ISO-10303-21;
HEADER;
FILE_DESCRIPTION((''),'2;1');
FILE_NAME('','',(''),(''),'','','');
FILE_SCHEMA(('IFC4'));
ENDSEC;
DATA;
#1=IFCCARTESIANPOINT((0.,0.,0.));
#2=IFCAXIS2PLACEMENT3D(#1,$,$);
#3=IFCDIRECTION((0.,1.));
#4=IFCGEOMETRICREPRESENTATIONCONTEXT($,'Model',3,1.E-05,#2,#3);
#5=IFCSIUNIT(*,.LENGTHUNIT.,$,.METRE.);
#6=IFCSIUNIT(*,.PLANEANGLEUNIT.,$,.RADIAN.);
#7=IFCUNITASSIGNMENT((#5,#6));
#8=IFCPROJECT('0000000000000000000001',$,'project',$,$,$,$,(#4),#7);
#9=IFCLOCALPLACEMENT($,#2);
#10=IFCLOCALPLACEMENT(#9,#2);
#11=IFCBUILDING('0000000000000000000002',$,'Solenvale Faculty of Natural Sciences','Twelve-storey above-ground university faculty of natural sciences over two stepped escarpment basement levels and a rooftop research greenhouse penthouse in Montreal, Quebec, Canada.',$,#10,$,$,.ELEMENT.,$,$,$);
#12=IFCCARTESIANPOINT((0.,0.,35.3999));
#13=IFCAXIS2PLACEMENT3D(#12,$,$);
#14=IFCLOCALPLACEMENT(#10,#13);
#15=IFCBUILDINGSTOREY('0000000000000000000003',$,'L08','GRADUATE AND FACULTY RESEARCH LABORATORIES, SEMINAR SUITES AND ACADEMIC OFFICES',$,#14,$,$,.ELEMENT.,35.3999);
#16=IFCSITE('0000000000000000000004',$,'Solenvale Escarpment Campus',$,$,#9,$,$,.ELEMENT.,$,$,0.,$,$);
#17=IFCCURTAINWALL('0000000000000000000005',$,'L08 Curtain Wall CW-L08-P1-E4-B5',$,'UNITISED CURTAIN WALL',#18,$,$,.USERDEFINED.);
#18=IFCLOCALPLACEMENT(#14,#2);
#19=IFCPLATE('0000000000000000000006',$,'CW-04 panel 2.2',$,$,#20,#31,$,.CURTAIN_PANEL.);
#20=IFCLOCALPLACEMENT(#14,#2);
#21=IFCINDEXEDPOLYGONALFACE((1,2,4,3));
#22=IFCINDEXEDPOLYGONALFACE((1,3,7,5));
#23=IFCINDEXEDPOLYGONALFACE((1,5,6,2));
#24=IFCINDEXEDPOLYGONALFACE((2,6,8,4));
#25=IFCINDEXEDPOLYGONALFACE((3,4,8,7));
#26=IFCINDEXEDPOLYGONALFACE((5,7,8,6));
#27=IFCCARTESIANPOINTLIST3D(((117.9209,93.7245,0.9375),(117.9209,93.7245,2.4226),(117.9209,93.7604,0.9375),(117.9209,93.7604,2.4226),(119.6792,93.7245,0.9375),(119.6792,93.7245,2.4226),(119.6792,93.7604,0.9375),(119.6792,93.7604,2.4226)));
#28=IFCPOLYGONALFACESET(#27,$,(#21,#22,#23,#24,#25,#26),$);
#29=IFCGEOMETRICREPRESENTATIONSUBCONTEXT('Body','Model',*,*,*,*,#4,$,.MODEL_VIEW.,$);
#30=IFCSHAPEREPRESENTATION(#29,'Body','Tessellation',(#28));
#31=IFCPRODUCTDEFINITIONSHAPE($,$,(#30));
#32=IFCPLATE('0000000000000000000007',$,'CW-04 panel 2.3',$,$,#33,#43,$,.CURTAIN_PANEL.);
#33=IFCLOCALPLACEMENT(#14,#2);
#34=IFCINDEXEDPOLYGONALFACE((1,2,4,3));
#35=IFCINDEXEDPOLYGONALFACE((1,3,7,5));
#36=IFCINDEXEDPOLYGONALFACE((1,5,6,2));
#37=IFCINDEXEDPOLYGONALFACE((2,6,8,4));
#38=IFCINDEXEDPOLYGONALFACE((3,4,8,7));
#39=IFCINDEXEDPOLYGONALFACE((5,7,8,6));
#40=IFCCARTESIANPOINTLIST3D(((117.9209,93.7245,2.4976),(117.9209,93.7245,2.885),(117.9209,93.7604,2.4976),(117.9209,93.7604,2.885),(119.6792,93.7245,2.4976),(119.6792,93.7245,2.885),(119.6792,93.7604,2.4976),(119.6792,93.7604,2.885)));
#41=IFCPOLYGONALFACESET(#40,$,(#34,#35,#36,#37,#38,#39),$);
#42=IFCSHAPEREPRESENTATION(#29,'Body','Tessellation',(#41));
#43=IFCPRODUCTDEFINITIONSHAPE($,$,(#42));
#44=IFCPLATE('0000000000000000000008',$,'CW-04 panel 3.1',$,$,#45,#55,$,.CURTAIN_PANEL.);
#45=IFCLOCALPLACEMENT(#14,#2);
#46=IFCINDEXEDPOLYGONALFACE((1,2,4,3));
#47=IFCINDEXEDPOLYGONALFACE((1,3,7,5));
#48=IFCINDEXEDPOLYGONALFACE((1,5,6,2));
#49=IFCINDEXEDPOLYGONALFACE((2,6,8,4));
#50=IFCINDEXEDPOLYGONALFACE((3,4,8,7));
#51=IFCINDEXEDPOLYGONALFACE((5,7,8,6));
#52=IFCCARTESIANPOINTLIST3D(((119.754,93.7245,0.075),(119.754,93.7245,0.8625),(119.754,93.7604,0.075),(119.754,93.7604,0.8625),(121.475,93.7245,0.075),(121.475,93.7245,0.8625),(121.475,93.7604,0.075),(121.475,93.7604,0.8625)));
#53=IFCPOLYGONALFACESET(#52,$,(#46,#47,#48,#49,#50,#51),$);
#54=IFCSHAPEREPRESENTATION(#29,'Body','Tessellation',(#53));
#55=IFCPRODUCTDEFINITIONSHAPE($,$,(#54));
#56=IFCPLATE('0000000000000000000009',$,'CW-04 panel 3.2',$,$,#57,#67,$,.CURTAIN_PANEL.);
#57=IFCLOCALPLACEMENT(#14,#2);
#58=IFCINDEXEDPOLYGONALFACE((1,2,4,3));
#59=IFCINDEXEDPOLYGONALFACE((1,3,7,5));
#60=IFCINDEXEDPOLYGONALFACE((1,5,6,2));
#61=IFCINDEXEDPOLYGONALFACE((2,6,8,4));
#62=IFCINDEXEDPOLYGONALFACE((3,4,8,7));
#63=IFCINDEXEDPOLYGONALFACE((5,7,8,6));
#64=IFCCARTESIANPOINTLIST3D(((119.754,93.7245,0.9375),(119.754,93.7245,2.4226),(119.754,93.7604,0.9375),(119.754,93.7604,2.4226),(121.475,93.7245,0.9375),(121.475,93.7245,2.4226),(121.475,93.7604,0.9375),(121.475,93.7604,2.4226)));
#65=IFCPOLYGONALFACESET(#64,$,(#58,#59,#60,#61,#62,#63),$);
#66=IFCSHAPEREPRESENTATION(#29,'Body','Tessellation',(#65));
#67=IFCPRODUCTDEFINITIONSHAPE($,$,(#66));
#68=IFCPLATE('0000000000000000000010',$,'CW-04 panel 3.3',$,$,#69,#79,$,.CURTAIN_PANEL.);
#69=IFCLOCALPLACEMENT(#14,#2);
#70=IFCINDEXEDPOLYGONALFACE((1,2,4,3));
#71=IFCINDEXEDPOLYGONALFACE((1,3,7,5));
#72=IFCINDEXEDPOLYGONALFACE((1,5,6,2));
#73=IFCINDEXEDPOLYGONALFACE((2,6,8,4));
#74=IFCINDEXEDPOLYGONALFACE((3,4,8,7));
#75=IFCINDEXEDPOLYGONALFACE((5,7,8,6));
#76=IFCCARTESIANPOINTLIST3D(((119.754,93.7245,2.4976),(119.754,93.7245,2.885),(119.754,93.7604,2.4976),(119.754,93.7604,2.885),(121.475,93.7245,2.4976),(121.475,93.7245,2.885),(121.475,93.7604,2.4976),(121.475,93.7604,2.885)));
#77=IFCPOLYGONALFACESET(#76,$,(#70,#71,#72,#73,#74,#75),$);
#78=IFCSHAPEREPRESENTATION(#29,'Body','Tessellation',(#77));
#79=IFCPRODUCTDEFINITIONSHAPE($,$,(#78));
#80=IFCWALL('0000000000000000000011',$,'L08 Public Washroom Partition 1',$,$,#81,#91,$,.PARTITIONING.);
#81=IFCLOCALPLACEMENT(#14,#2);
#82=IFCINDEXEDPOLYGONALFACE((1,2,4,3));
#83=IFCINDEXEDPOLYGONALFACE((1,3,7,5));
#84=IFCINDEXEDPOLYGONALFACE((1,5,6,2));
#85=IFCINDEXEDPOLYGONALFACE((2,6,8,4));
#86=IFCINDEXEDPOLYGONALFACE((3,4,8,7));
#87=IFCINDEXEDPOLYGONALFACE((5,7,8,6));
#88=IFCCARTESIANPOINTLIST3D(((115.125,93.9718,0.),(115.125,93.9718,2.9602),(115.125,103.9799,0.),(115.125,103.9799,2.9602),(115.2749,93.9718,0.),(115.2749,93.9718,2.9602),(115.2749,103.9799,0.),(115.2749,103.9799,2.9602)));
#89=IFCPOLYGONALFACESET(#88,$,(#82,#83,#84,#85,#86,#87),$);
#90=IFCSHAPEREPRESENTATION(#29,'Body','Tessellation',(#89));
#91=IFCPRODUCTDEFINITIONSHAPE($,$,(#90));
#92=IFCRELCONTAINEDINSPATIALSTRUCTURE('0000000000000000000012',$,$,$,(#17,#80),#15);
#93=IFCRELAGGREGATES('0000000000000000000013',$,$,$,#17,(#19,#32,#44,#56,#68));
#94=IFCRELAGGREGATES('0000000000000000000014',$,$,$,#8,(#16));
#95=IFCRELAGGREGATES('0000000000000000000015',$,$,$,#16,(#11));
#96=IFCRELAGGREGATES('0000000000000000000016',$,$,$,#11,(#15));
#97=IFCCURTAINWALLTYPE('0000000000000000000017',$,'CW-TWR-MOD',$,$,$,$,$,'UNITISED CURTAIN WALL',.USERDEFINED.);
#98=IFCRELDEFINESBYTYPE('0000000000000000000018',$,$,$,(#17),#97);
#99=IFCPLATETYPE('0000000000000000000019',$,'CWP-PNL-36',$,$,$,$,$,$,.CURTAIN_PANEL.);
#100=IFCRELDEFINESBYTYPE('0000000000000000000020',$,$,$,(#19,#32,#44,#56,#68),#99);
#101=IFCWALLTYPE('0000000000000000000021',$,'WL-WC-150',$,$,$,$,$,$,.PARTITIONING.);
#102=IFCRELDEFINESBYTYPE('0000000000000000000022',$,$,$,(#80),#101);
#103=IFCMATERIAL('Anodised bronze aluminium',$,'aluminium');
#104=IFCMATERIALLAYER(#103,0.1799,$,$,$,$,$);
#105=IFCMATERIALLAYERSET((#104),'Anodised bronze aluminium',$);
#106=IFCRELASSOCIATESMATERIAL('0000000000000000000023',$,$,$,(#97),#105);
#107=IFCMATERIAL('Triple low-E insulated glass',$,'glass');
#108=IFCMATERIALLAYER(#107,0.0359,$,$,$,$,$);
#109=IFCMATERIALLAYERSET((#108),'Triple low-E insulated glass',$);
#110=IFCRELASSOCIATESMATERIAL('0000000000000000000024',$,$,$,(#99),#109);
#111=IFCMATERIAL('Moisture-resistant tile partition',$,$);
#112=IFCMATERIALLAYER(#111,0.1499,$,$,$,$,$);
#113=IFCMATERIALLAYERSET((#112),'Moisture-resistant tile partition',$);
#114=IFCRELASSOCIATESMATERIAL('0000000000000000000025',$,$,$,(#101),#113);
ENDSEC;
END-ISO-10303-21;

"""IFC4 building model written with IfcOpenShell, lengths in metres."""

from ifc_helpers import new_model, si_unit, direction, frame, frame_2d, origin, origin_2d, place, context, subcontext, project, spatial, rectangle, extrude, material, layer, layer_set, type_object, element, aggregate, save


model = new_model("IFC4")

# Units and contexts
model_context = context("Model", 3, precision=1e-05, world=origin(), true_north=direction((0.0, 1.0)))
body_context = subcontext(model_context, "Body", "Model", "MODEL_VIEW")
ifc_project = project(units=[si_unit("LENGTHUNIT", "METRE"), si_unit("PLANEANGLEUNIT", "RADIAN")], contexts=[model_context])

# Site, building, storey
site_placement = place(None, origin())
site = spatial("IfcSite", under=ifc_project, at=site_placement, Name="Solenvale Escarpment Campus", CompositionType="ELEMENT", RefElevation=0.0)
building_placement = place(site_placement, origin())
building = spatial("IfcBuilding", under=site, at=building_placement, Name="Solenvale Faculty of Natural Sciences", Description="Twelve-storey above-ground university faculty of natural sciences over two stepped escarpment basement levels and a rooftop research greenhouse penthouse in Montreal, Quebec, Canada.", CompositionType="ELEMENT")
storey_placement = place(building_placement, frame((0.0, 0.0, 35.3999)))
storey = spatial("IfcBuildingStorey", under=building, at=storey_placement, Name="L08", Description="GRADUATE AND FACULTY RESEARCH LABORATORIES, SEMINAR SUITES AND ACADEMIC OFFICES", CompositionType="ELEMENT", Elevation=35.3999)

# Curtain wall, plates
ifc_material_1 = material(Name="Anodised bronze aluminium", Category="aluminium")
ifc_layer_1 = layer(ifc_material_1, 0.1799)
ifc_layer_set_1 = layer_set([ifc_layer_1], Name="Anodised bronze aluminium")
curtain_wall_type = type_object("IfcCurtainWallType", Name="CW-TWR-MOD", ElementType="UNITISED CURTAIN WALL", PredefinedType="USERDEFINED", material=ifc_layer_set_1)
curtain_wall_placement = place(storey_placement, origin())
curtain_wall = element("IfcCurtainWall", 1, at=curtain_wall_placement, inside=storey, type_object=curtain_wall_type, Name="L08 Curtain Wall CW-L08-P1-E4-B5", ObjectType="UNITISED CURTAIN WALL", PredefinedType="USERDEFINED")
ifc_material_2 = material(Name="Triple low-E insulated glass", Category="glass")
ifc_layer_2 = layer(ifc_material_2, 0.0359)
ifc_layer_set_2 = layer_set([ifc_layer_2], Name="Triple low-E insulated glass")
plate_type = type_object("IfcPlateType", Name="CWP-PNL-36", PredefinedType="CURTAIN_PANEL", material=ifc_layer_set_2)
plate_1_placement = place(storey_placement, frame((118.8, 93.7424, 0.9375), z_axis=(0.0, 0.0, 1.0), x_axis=(1.0, 0.0, 0.0)))
plate_1 = element("IfcPlate", 2, at=plate_1_placement, type_object=plate_type, Name="CW-04 panel 2.2", PredefinedType="CURTAIN_PANEL", context=body_context, shape_type="SweptSolid", body=[
    extrude(rectangle(XDim=1.7583, YDim=0.0359, at=origin_2d()), origin(), (0.0, 0.0, 1.0), 1.4851),
])
plate_2_placement = place(storey_placement, frame((118.8, 93.7424, 2.4976), z_axis=(0.0, 0.0, 1.0), x_axis=(1.0, 0.0, 0.0)))
plate_2 = element("IfcPlate", 3, at=plate_2_placement, type_object=plate_type, Name="CW-04 panel 2.3", PredefinedType="CURTAIN_PANEL", context=body_context, shape_type="SweptSolid", body=[
    extrude(rectangle(XDim=1.7583, YDim=0.0359, at=origin_2d()), origin(), (0.0, 0.0, 1.0), 0.3875),
])
plate_3_placement = place(storey_placement, frame((120.6145, 93.7424, 0.075), z_axis=(0.0, 0.0, 1.0), x_axis=(1.0, 0.0, 0.0)))
plate_3 = element("IfcPlate", 4, at=plate_3_placement, type_object=plate_type, Name="CW-04 panel 3.1", PredefinedType="CURTAIN_PANEL", context=body_context, shape_type="SweptSolid", body=[
    extrude(rectangle(XDim=1.7209, YDim=0.0359, at=origin_2d()), origin(), (0.0, 0.0, 1.0), 0.7876),
])
plate_4_placement = place(storey_placement, frame((120.6145, 93.7424, 0.9375), z_axis=(0.0, 0.0, 1.0), x_axis=(1.0, 0.0, 0.0)))
plate_4 = element("IfcPlate", 5, at=plate_4_placement, type_object=plate_type, Name="CW-04 panel 3.2", PredefinedType="CURTAIN_PANEL", context=body_context, shape_type="SweptSolid", body=[
    extrude(rectangle(XDim=1.7209, YDim=0.0359, at=origin_2d()), origin(), (0.0, 0.0, 1.0), 1.4851),
])
plate_5_placement = place(storey_placement, frame((120.6145, 93.7424, 2.4976), z_axis=(0.0, 0.0, 1.0), x_axis=(1.0, 0.0, 0.0)))
plate_5 = element("IfcPlate", 6, at=plate_5_placement, type_object=plate_type, Name="CW-04 panel 3.3", PredefinedType="CURTAIN_PANEL", context=body_context, shape_type="SweptSolid", body=[
    extrude(rectangle(XDim=1.7209, YDim=0.0359, at=origin_2d()), origin(), (0.0, 0.0, 1.0), 0.3875),
])
aggregate(curtain_wall, [plate_1, plate_2, plate_3, plate_4, plate_5])

# Wall
ifc_material_3 = material(Name="Moisture-resistant tile partition")
ifc_layer_3 = layer(ifc_material_3, 0.1499)
ifc_layer_set_3 = layer_set([ifc_layer_3], Name="Moisture-resistant tile partition")
wall_type = type_object("IfcWallType", Name="WL-WC-150", PredefinedType="PARTITIONING", material=ifc_layer_set_3)
wall_placement = place(storey_placement, frame((115.2, 93.9719, 0.0), z_axis=(0.0, 0.0, 1.0), x_axis=(0.0, 1.0, 0.0)))
element("IfcWall", 7, at=wall_placement, inside=storey, type_object=wall_type, Name="L08 Public Washroom Partition 1", PredefinedType="PARTITIONING", context=body_context, shape_type="SweptSolid", body=[
    extrude(rectangle(XDim=10.0081, YDim=0.1499, at=frame_2d((5.0039, 0.0))), origin(), (0.0, 0.0, 1.0), 2.9602),
])

save(model, "model.ifc")
